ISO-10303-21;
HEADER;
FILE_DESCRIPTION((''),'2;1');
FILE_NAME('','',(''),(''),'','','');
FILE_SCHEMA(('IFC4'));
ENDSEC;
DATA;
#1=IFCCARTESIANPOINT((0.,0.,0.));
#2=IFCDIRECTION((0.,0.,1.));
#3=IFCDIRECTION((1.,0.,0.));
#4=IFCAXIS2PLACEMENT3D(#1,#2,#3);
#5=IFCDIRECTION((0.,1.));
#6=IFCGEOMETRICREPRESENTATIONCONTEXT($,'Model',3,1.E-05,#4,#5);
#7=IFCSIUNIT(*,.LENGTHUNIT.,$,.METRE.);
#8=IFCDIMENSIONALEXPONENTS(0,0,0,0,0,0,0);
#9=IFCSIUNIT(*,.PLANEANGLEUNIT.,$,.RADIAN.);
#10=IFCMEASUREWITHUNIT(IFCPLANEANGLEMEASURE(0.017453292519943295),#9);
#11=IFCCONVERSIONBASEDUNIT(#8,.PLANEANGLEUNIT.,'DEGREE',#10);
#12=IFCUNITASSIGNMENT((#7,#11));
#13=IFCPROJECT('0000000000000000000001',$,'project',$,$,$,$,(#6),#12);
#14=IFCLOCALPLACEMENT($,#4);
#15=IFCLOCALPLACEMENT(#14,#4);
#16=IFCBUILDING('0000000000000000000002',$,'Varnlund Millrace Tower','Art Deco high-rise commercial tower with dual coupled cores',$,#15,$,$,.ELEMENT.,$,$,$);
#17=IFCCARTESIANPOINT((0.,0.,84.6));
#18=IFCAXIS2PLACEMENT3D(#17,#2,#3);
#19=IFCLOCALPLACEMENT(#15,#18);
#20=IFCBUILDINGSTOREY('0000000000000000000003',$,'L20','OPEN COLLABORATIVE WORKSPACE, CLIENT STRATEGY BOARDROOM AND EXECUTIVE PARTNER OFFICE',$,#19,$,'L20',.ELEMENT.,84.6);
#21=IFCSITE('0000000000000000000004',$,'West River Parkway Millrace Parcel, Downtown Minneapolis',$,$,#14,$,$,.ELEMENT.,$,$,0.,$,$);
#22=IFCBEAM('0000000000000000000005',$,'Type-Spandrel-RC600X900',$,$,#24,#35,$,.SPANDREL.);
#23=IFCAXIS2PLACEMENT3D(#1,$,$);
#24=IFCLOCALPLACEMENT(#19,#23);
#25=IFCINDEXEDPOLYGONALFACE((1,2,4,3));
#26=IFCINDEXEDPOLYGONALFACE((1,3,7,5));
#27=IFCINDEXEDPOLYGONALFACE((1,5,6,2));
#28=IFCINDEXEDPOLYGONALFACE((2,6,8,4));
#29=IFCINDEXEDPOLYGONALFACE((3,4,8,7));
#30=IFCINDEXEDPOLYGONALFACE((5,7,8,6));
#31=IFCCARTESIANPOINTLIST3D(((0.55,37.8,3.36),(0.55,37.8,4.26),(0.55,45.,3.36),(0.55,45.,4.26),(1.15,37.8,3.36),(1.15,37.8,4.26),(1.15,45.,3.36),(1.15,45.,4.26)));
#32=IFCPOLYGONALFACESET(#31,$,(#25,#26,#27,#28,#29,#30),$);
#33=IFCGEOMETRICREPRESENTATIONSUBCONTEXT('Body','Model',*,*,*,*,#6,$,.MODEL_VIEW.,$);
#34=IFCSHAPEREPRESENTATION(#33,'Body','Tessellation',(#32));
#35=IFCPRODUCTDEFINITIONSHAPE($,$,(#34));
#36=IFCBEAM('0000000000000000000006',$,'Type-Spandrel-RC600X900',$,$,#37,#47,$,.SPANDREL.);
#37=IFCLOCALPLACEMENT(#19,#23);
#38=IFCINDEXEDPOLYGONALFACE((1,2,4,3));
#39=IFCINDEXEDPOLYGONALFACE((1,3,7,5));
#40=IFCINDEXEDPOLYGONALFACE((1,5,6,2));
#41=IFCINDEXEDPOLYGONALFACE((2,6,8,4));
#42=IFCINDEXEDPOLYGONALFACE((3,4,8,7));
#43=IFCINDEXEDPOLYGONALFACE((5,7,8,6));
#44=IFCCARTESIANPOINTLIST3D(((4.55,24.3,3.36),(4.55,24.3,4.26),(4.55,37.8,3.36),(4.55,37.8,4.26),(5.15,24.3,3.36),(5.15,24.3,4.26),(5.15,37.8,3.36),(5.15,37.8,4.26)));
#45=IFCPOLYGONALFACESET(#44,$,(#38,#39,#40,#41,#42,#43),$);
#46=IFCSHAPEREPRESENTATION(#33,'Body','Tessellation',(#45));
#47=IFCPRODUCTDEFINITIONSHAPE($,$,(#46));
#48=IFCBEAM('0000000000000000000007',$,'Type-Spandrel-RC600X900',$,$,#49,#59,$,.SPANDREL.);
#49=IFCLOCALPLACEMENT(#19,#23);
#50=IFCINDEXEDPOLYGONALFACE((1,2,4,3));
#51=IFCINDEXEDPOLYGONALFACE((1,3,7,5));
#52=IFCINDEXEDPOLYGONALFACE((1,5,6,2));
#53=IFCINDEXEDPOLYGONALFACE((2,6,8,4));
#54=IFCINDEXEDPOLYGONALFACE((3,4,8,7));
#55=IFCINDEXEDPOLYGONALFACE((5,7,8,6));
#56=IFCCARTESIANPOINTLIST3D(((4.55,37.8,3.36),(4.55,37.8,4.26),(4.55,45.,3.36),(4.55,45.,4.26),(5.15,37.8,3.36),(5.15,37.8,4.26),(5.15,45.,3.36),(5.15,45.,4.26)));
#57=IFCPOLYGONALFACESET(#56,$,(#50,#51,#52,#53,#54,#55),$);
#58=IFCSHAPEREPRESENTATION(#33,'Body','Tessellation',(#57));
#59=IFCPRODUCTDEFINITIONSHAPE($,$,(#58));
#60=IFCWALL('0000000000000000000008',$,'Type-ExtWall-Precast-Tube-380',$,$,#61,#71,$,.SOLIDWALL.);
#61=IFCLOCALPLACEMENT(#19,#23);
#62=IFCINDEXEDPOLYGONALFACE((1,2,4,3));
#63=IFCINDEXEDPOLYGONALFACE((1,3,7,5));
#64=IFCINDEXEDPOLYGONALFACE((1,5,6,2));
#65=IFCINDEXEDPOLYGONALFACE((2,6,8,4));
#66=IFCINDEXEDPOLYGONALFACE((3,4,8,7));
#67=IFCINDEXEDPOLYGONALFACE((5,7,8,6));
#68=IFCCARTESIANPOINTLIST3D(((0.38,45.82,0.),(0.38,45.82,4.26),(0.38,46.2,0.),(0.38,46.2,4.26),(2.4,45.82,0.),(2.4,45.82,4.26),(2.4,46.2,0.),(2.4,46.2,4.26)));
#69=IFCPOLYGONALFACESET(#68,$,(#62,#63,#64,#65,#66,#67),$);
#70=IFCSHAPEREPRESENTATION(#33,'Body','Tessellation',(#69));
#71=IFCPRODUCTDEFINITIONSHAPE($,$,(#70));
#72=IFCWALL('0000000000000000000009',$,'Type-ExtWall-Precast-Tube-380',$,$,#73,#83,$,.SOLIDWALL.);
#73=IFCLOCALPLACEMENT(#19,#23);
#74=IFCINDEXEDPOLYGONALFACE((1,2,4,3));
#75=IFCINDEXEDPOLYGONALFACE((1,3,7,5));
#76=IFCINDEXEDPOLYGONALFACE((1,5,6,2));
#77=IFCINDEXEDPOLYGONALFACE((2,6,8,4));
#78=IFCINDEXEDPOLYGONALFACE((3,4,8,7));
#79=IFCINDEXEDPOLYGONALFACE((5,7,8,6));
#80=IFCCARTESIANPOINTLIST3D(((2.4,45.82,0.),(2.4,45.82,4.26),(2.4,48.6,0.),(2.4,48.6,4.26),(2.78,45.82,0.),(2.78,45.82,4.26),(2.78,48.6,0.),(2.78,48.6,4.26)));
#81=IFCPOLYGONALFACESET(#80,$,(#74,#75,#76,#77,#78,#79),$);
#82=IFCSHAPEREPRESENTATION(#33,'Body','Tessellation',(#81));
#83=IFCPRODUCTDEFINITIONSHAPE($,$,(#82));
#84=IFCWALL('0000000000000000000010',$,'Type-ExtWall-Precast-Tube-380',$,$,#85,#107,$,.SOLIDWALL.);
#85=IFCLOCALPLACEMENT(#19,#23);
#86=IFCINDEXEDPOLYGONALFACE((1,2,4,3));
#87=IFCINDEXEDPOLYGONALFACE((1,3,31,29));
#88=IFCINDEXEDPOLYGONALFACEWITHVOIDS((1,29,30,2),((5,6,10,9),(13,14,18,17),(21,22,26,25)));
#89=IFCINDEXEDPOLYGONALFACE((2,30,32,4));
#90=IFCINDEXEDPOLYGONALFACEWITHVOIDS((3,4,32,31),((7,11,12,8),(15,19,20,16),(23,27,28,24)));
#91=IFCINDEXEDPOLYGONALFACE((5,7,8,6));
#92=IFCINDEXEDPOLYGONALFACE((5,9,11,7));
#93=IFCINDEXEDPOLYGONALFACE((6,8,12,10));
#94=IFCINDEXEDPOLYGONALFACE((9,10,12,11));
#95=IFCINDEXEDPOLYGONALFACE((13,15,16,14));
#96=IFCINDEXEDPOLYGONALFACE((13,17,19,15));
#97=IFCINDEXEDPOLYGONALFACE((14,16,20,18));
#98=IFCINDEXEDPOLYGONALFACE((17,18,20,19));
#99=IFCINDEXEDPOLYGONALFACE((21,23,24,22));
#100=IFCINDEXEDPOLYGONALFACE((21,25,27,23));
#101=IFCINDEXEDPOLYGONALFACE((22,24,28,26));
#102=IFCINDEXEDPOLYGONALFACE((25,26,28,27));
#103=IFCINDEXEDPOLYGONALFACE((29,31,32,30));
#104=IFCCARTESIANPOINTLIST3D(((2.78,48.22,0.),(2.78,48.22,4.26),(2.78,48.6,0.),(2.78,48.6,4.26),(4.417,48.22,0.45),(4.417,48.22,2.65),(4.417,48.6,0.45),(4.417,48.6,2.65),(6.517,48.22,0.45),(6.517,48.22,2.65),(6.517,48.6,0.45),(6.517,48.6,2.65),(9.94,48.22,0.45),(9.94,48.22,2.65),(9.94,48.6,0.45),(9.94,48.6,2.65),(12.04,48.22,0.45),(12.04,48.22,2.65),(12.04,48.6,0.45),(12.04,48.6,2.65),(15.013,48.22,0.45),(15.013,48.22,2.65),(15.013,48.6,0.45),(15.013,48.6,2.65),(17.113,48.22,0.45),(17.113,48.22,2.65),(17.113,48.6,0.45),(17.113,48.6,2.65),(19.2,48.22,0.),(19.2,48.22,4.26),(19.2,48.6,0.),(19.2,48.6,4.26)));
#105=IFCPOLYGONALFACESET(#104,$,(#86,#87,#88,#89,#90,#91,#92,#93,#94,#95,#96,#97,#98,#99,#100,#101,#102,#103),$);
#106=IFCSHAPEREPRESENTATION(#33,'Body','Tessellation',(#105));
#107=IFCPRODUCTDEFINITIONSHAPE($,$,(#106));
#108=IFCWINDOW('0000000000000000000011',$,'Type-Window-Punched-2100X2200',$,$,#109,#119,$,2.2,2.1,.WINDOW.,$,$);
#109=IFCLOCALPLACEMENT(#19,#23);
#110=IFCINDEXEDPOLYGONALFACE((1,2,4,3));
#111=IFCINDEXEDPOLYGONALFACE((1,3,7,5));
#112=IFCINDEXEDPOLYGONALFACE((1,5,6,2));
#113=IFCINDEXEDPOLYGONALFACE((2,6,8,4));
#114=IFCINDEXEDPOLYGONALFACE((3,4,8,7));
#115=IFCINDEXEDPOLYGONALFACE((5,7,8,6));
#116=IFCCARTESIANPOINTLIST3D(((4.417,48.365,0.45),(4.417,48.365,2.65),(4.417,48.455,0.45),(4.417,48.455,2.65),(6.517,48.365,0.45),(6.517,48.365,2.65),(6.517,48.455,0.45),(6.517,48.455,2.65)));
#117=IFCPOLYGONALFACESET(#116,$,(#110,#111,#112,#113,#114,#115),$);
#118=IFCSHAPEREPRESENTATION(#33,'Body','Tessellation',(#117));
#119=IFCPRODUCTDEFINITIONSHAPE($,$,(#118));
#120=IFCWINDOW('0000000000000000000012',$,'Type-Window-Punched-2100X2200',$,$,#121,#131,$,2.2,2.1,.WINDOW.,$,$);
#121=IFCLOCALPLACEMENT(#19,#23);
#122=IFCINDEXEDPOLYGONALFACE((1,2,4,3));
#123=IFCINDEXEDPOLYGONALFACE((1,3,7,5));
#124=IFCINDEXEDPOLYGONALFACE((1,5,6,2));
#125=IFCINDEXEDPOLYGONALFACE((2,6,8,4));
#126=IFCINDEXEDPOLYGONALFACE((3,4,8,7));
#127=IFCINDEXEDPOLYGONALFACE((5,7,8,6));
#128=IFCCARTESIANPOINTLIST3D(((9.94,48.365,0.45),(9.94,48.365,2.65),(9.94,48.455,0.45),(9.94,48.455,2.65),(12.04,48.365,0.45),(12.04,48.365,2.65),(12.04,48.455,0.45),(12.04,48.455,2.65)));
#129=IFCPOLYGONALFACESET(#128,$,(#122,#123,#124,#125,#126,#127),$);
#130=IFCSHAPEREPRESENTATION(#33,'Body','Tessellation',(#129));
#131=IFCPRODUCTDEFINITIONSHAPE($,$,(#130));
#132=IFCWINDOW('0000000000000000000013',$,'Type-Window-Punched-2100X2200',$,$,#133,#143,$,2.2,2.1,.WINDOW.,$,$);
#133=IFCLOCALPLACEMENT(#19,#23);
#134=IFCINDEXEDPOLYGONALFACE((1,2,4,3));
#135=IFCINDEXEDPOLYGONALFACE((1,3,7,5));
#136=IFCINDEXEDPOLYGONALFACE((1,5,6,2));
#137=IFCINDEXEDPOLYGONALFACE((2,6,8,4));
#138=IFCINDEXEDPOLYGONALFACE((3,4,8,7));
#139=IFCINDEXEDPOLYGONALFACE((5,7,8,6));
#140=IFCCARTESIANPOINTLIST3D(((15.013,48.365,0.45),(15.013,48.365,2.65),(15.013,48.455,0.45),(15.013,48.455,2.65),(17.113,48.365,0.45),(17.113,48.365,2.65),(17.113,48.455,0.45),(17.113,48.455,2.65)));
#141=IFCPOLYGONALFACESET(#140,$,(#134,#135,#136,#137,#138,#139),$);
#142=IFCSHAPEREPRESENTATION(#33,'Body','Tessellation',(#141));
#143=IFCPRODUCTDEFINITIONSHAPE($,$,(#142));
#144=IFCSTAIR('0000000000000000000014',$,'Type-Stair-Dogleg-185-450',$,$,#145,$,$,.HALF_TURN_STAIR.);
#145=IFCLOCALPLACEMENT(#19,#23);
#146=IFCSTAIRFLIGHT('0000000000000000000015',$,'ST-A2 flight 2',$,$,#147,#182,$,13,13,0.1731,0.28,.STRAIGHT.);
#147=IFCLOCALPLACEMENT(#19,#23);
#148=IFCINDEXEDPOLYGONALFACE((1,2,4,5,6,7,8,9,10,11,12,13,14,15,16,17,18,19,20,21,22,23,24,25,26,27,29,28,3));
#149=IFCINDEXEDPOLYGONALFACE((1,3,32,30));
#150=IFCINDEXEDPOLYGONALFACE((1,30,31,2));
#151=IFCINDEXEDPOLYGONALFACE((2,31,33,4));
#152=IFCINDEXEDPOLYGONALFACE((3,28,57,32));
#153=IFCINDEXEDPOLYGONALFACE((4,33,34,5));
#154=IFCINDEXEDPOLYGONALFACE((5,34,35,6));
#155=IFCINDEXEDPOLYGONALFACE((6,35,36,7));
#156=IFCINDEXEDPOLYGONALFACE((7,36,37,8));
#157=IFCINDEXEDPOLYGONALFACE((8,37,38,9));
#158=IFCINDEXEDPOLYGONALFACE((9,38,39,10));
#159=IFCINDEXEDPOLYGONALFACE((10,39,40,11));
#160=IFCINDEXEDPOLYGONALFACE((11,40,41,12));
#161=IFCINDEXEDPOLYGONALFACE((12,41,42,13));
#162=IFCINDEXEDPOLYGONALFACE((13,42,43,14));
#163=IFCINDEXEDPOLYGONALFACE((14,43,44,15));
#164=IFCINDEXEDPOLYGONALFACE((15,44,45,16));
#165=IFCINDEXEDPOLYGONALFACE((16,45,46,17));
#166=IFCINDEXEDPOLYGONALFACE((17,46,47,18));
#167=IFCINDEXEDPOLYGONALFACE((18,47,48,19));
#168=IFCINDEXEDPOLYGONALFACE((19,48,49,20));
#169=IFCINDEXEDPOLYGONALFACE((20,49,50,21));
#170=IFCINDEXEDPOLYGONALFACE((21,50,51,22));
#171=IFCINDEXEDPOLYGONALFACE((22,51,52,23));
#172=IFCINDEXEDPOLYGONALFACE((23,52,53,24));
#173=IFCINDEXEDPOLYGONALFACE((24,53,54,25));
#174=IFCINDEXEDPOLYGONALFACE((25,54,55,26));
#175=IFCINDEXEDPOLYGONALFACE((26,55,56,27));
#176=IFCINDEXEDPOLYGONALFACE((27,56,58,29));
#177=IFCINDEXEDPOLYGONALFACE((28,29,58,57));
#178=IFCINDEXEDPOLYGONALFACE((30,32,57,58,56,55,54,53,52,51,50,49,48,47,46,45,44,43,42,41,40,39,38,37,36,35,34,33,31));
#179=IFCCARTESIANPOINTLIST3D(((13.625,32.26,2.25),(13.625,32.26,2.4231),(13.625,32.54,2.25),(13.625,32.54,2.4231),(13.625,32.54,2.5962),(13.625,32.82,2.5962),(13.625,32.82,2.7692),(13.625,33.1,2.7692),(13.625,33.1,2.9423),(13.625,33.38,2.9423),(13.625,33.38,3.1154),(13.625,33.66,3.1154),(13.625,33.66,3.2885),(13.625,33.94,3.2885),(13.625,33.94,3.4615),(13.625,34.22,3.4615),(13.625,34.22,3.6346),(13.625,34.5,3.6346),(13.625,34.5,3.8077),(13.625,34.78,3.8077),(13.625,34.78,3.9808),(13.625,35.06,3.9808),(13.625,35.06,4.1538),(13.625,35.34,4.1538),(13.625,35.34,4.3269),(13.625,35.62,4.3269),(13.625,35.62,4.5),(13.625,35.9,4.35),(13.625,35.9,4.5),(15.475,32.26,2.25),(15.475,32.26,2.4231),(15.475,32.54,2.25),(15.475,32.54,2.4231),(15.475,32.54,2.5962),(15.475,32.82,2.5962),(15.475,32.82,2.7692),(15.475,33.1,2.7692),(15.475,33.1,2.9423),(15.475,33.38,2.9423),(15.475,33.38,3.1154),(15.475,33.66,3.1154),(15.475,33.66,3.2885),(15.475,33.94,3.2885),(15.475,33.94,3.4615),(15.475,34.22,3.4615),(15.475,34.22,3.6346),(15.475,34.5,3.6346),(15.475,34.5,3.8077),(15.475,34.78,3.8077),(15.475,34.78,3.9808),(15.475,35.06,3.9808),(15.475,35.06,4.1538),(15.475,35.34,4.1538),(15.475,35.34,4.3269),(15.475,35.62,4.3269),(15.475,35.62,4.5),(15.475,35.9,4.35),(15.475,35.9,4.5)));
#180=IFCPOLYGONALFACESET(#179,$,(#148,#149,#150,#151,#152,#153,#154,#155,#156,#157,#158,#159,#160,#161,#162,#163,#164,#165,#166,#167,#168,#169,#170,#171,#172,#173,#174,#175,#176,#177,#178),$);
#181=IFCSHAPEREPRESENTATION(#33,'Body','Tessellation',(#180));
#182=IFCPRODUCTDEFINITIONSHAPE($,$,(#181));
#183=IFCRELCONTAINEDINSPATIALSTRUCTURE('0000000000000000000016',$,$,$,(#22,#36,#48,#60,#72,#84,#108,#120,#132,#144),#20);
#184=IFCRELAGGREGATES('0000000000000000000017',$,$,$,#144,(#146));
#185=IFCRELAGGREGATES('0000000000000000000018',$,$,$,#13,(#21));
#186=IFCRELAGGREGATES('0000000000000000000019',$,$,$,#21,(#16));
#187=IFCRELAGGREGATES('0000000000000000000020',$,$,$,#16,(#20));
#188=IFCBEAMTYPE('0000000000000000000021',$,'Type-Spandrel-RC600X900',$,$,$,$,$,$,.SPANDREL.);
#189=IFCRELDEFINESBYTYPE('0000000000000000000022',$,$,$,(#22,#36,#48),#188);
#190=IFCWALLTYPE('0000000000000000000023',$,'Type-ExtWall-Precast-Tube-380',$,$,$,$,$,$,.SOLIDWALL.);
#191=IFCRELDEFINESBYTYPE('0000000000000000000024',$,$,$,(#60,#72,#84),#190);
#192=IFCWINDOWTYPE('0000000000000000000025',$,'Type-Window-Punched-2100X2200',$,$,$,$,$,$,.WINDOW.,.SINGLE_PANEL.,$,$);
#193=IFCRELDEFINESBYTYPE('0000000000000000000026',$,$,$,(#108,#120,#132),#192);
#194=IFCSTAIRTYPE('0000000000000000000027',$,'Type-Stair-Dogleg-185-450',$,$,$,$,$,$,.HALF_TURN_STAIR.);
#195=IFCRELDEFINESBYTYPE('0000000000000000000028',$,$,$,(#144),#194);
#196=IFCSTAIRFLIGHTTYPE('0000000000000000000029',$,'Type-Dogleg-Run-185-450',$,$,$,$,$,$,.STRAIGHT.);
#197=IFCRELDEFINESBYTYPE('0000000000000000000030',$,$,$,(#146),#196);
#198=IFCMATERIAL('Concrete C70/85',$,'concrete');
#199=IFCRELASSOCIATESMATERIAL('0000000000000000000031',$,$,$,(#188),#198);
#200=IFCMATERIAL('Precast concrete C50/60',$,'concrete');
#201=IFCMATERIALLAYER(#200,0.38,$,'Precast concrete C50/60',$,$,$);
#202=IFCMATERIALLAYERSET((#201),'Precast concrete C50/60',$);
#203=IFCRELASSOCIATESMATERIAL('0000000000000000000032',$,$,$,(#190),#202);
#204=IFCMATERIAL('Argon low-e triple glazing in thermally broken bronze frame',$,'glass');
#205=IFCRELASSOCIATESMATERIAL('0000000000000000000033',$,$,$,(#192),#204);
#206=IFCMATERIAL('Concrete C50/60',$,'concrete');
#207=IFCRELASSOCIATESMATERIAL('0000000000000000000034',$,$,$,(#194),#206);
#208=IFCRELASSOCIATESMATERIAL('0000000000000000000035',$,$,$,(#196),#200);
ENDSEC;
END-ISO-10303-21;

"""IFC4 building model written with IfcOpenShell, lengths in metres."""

from ifc_helpers import new_model, entity, si_unit, converted_unit, direction, frame, origin_with_axes, origin_2d_with_axis, place, context, subcontext, project, spatial, polyline, rectangle, outline, extrude, material, layer, layer_set, material_profile, profile_set, type_object, element, fill, aggregate, save


model = new_model("IFC4")

# Units and contexts
model_context = context("Model", 3, precision=1e-05, world=origin_with_axes(), true_north=direction((0.0, 1.0)))
body_context = subcontext(model_context, "Body", "Model", "MODEL_VIEW")
ifc_project = project(units=[si_unit("LENGTHUNIT", "METRE"), converted_unit("PLANEANGLEUNIT", "DEGREE", entity("IfcPlaneAngleMeasure", 0.017453292519943295), si_unit("PLANEANGLEUNIT", "RADIAN"), dimensions=[0, 0, 0, 0, 0, 0, 0])], contexts=[model_context])

# Site, building, storey
site_placement = place(None, origin_with_axes())
site = spatial("IfcSite", under=ifc_project, at=site_placement, Name="West River Parkway Millrace Parcel, Downtown Minneapolis", CompositionType="ELEMENT", RefElevation=0.0)
building_placement = place(site_placement, origin_with_axes())
building = spatial("IfcBuilding", under=site, at=building_placement, Name="Varnlund Millrace Tower", Description="Art Deco high-rise commercial tower with dual coupled cores", CompositionType="ELEMENT")
storey_placement = place(building_placement, frame((0.0, 0.0, 84.6), z_axis=(0.0, 0.0, 1.0), x_axis=(1.0, 0.0, 0.0)))
storey = spatial("IfcBuildingStorey", under=building, at=storey_placement, Name="L20", Description="OPEN COLLABORATIVE WORKSPACE, CLIENT STRATEGY BOARDROOM AND EXECUTIVE PARTNER OFFICE", LongName="L20", CompositionType="ELEMENT", Elevation=84.6)

# Beams
ifc_material_1 = material(Name="Concrete C70/85", Category="concrete")
ifc_material_profile_1 = material_profile(ifc_material_1, rectangle(XDim=0.6, YDim=0.9, at=origin_2d_with_axis()), Name="Concrete C70/85")
ifc_profile_set_1 = profile_set([ifc_material_profile_1], Name="Concrete C70/85")
beam_type_1 = type_object("IfcBeamType", Name="Type-Spandrel-RC600X900", PredefinedType="SPANDREL", material=ifc_profile_set_1)
beam_1_placement = place(storey_placement, frame((0.85, 37.8, 3.81), z_axis=(0.0, 1.0, 0.0), x_axis=(-1.0, 0.0, 0.0)))
element("IfcBeam", 1, at=beam_1_placement, inside=storey, type_object=beam_type_1, Name="Type-Spandrel-RC600X900", PredefinedType="SPANDREL", context=body_context, shape_type="SweptSolid", body=[
    extrude(rectangle(XDim=0.6, YDim=0.9, at=origin_2d_with_axis()), origin_with_axes(), (0.0, 0.0, 1.0), 7.2),
])
beam_2_placement = place(storey_placement, frame((4.85, 24.3, 3.81), z_axis=(0.0, 1.0, 0.0), x_axis=(-1.0, 0.0, 0.0)))
element("IfcBeam", 2, at=beam_2_placement, inside=storey, type_object=beam_type_1, Name="Type-Spandrel-RC600X900", PredefinedType="SPANDREL", context=body_context, shape_type="SweptSolid", body=[
    extrude(rectangle(XDim=0.6, YDim=0.9, at=origin_2d_with_axis()), origin_with_axes(), (0.0, 0.0, 1.0), 13.5),
])
beam_3_placement = place(storey_placement, frame((4.85, 37.8, 3.81), z_axis=(0.0, 1.0, 0.0), x_axis=(-1.0, 0.0, 0.0)))
element("IfcBeam", 3, at=beam_3_placement, inside=storey, type_object=beam_type_1, Name="Type-Spandrel-RC600X900", PredefinedType="SPANDREL", context=body_context, shape_type="SweptSolid", body=[
    extrude(rectangle(XDim=0.6, YDim=0.9, at=origin_2d_with_axis()), origin_with_axes(), (0.0, 0.0, 1.0), 7.2),
])

# Walls
ifc_material_2 = material(Name="Precast concrete C50/60", Category="concrete")
ifc_layer_1 = layer(ifc_material_2, 0.38, Name="Precast concrete C50/60")
ifc_layer_set_1 = layer_set([ifc_layer_1], Name="Precast concrete C50/60")
wall_type = type_object("IfcWallType", Name="Type-ExtWall-Precast-Tube-380", PredefinedType="SOLIDWALL", material=ifc_layer_set_1)
wall_1_placement = place(storey_placement, frame((0.38, 46.01, 0.0), z_axis=(0.0, 0.0, 1.0), x_axis=(1.0, 0.0, 0.0)))
element("IfcWall", 4, at=wall_1_placement, inside=storey, type_object=wall_type, Name="Type-ExtWall-Precast-Tube-380", PredefinedType="SOLIDWALL", context=body_context, shape_type="SweptSolid", body=[
    extrude(outline(polyline([(0.0, -0.19), (2.02, -0.19), (2.02, 0.19), (0.0, 0.19), (0.0, -0.19)])), origin_with_axes(), (0.0, 0.0, 1.0), 4.26),
])
wall_2_placement = place(storey_placement, frame((2.59, 45.82, 0.0), z_axis=(0.0, 0.0, 1.0), x_axis=(0.0, 1.0, 0.0)))
element("IfcWall", 5, at=wall_2_placement, inside=storey, type_object=wall_type, Name="Type-ExtWall-Precast-Tube-380", PredefinedType="SOLIDWALL", context=body_context, shape_type="SweptSolid", body=[
    extrude(outline(polyline([(0.0, -0.19), (2.78, -0.19), (2.78, 0.19), (0.0, 0.19), (0.0, -0.19)])), origin_with_axes(), (0.0, 0.0, 1.0), 4.26),
])

# Wall, openings, windows
wall_3_placement = place(storey_placement, frame((2.78, 48.41, 0.0), z_axis=(0.0, 0.0, 1.0), x_axis=(1.0, 0.0, 0.0)))
wall_3 = element("IfcWall", 6, at=wall_3_placement, inside=storey, type_object=wall_type, Name="Type-ExtWall-Precast-Tube-380", PredefinedType="SOLIDWALL", context=body_context, shape_type="SweptSolid", body=[
    extrude(outline(polyline([(0.0, -0.19), (16.42, -0.19), (16.42, 0.19), (0.0, 0.19), (0.0, -0.19)])), origin_with_axes(), (0.0, 0.0, 1.0), 4.26),
])
opening_1_placement = place(wall_3_placement, frame((2.687, 0.0, 0.45), z_axis=(0.0, 0.0, 1.0), x_axis=(1.0, 0.0, 0.0)))
opening_1 = element("IfcOpeningElement", 7, at=opening_1_placement, cuts=wall_3, PredefinedType="OPENING", context=body_context, shape_type="SweptSolid", body=[
    extrude(rectangle(XDim=2.1, YDim=0.4, at=origin_2d_with_axis()), origin_with_axes(), (0.0, 0.0, 1.0), 2.2),
])
opening_2_placement = place(wall_3_placement, frame((8.21, 0.0, 0.45), z_axis=(0.0, 0.0, 1.0), x_axis=(1.0, 0.0, 0.0)))
opening_2 = element("IfcOpeningElement", 8, at=opening_2_placement, cuts=wall_3, PredefinedType="OPENING", context=body_context, shape_type="SweptSolid", body=[
    extrude(rectangle(XDim=2.1, YDim=0.4, at=origin_2d_with_axis()), origin_with_axes(), (0.0, 0.0, 1.0), 2.2),
])
opening_3_placement = place(wall_3_placement, frame((13.283, 0.0, 0.45), z_axis=(0.0, 0.0, 1.0), x_axis=(1.0, 0.0, 0.0)))
opening_3 = element("IfcOpeningElement", 9, at=opening_3_placement, cuts=wall_3, PredefinedType="OPENING", context=body_context, shape_type="SweptSolid", body=[
    extrude(rectangle(XDim=2.1, YDim=0.4, at=origin_2d_with_axis()), origin_with_axes(), (0.0, 0.0, 1.0), 2.2),
])
ifc_material_3 = material(Name="Argon low-e triple glazing in thermally broken bronze frame", Category="glass")
window_type = type_object("IfcWindowType", Name="Type-Window-Punched-2100X2200", PartitioningType="SINGLE_PANEL", PredefinedType="WINDOW", material=ifc_material_3)
window_1_placement = place(wall_3_placement, frame((2.687, 0.0, 0.45), z_axis=(0.0, 0.0, 1.0), x_axis=(1.0, 0.0, 0.0)))
window_1 = element("IfcWindow", 10, at=window_1_placement, inside=storey, type_object=window_type, Name="Type-Window-Punched-2100X2200", OverallHeight=2.2, OverallWidth=2.1, PredefinedType="WINDOW", context=body_context, shape_type="SweptSolid", body=[
    extrude(rectangle(XDim=2.1, YDim=0.09, at=origin_2d_with_axis()), origin_with_axes(), (0.0, 0.0, 1.0), 2.2),
])
fill(opening_1, window_1)
window_2_placement = place(wall_3_placement, frame((8.21, 0.0, 0.45), z_axis=(0.0, 0.0, 1.0), x_axis=(1.0, 0.0, 0.0)))
window_2 = element("IfcWindow", 11, at=window_2_placement, inside=storey, type_object=window_type, Name="Type-Window-Punched-2100X2200", OverallHeight=2.2, OverallWidth=2.1, PredefinedType="WINDOW", context=body_context, shape_type="SweptSolid", body=[
    extrude(rectangle(XDim=2.1, YDim=0.09, at=origin_2d_with_axis()), origin_with_axes(), (0.0, 0.0, 1.0), 2.2),
])
fill(opening_2, window_2)
window_3_placement = place(wall_3_placement, frame((13.283, 0.0, 0.45), z_axis=(0.0, 0.0, 1.0), x_axis=(1.0, 0.0, 0.0)))
window_3 = element("IfcWindow", 12, at=window_3_placement, inside=storey, type_object=window_type, Name="Type-Window-Punched-2100X2200", OverallHeight=2.2, OverallWidth=2.1, PredefinedType="WINDOW", context=body_context, shape_type="SweptSolid", body=[
    extrude(rectangle(XDim=2.1, YDim=0.09, at=origin_2d_with_axis()), origin_with_axes(), (0.0, 0.0, 1.0), 2.2),
])
fill(opening_3, window_3)

# Stair, stair flight
ifc_material_4 = material(Name="Concrete C50/60", Category="concrete")
stair_type = type_object("IfcStairType", Name="Type-Stair-Dogleg-185-450", PredefinedType="HALF_TURN_STAIR", material=ifc_material_4)
stair_placement = place(storey_placement, origin_with_axes())
stair = element("IfcStair", 13, at=stair_placement, inside=storey, type_object=stair_type, Name="Type-Stair-Dogleg-185-450", PredefinedType="HALF_TURN_STAIR")
stair_flight_type = type_object("IfcStairFlightType", Name="Type-Dogleg-Run-185-450", PredefinedType="STRAIGHT", material=ifc_material_2)
stair_flight_placement = place(storey_placement, frame((13.625, 32.26, 2.25), z_axis=(1.0, 0.0, 0.0), x_axis=(0.0, 1.0, 0.0)))
stair_flight = element("IfcStairFlight", 14, at=stair_flight_placement, type_object=stair_flight_type, Name="ST-A2 flight 2", NumberOfRisers=13, NumberOfTreads=13, PredefinedType="STRAIGHT", RiserHeight=0.1731, TreadLength=0.28, context=body_context, shape_type="SweptSolid", body=[
    extrude(outline(polyline([(0.0, 0.0), (0.0, 0.1731), (0.28, 0.1731), (0.28, 0.3462), (0.56, 0.3462), (0.56, 0.5192), (0.84, 0.5192), (0.84, 0.6923), (1.12, 0.6923), (1.12, 0.8654), (1.4, 0.8654), (1.4, 1.0385), (1.68, 1.0385), (1.68, 1.2115), (1.96, 1.2115), (1.96, 1.3846), (2.24, 1.3846), (2.24, 1.5577), (2.52, 1.5577), (2.52, 1.7308), (2.8, 1.7308), (2.8, 1.9038), (3.08, 1.9038), (3.08, 2.0769), (3.36, 2.0769), (3.36, 2.25), (3.64, 2.25), (3.64, 2.1), (0.28, 0.0), (0.0, 0.0)])), origin_with_axes(), (0.0, 0.0, 1.0), 1.85),
])
aggregate(stair, [stair_flight])

save(model, "model.ifc")
